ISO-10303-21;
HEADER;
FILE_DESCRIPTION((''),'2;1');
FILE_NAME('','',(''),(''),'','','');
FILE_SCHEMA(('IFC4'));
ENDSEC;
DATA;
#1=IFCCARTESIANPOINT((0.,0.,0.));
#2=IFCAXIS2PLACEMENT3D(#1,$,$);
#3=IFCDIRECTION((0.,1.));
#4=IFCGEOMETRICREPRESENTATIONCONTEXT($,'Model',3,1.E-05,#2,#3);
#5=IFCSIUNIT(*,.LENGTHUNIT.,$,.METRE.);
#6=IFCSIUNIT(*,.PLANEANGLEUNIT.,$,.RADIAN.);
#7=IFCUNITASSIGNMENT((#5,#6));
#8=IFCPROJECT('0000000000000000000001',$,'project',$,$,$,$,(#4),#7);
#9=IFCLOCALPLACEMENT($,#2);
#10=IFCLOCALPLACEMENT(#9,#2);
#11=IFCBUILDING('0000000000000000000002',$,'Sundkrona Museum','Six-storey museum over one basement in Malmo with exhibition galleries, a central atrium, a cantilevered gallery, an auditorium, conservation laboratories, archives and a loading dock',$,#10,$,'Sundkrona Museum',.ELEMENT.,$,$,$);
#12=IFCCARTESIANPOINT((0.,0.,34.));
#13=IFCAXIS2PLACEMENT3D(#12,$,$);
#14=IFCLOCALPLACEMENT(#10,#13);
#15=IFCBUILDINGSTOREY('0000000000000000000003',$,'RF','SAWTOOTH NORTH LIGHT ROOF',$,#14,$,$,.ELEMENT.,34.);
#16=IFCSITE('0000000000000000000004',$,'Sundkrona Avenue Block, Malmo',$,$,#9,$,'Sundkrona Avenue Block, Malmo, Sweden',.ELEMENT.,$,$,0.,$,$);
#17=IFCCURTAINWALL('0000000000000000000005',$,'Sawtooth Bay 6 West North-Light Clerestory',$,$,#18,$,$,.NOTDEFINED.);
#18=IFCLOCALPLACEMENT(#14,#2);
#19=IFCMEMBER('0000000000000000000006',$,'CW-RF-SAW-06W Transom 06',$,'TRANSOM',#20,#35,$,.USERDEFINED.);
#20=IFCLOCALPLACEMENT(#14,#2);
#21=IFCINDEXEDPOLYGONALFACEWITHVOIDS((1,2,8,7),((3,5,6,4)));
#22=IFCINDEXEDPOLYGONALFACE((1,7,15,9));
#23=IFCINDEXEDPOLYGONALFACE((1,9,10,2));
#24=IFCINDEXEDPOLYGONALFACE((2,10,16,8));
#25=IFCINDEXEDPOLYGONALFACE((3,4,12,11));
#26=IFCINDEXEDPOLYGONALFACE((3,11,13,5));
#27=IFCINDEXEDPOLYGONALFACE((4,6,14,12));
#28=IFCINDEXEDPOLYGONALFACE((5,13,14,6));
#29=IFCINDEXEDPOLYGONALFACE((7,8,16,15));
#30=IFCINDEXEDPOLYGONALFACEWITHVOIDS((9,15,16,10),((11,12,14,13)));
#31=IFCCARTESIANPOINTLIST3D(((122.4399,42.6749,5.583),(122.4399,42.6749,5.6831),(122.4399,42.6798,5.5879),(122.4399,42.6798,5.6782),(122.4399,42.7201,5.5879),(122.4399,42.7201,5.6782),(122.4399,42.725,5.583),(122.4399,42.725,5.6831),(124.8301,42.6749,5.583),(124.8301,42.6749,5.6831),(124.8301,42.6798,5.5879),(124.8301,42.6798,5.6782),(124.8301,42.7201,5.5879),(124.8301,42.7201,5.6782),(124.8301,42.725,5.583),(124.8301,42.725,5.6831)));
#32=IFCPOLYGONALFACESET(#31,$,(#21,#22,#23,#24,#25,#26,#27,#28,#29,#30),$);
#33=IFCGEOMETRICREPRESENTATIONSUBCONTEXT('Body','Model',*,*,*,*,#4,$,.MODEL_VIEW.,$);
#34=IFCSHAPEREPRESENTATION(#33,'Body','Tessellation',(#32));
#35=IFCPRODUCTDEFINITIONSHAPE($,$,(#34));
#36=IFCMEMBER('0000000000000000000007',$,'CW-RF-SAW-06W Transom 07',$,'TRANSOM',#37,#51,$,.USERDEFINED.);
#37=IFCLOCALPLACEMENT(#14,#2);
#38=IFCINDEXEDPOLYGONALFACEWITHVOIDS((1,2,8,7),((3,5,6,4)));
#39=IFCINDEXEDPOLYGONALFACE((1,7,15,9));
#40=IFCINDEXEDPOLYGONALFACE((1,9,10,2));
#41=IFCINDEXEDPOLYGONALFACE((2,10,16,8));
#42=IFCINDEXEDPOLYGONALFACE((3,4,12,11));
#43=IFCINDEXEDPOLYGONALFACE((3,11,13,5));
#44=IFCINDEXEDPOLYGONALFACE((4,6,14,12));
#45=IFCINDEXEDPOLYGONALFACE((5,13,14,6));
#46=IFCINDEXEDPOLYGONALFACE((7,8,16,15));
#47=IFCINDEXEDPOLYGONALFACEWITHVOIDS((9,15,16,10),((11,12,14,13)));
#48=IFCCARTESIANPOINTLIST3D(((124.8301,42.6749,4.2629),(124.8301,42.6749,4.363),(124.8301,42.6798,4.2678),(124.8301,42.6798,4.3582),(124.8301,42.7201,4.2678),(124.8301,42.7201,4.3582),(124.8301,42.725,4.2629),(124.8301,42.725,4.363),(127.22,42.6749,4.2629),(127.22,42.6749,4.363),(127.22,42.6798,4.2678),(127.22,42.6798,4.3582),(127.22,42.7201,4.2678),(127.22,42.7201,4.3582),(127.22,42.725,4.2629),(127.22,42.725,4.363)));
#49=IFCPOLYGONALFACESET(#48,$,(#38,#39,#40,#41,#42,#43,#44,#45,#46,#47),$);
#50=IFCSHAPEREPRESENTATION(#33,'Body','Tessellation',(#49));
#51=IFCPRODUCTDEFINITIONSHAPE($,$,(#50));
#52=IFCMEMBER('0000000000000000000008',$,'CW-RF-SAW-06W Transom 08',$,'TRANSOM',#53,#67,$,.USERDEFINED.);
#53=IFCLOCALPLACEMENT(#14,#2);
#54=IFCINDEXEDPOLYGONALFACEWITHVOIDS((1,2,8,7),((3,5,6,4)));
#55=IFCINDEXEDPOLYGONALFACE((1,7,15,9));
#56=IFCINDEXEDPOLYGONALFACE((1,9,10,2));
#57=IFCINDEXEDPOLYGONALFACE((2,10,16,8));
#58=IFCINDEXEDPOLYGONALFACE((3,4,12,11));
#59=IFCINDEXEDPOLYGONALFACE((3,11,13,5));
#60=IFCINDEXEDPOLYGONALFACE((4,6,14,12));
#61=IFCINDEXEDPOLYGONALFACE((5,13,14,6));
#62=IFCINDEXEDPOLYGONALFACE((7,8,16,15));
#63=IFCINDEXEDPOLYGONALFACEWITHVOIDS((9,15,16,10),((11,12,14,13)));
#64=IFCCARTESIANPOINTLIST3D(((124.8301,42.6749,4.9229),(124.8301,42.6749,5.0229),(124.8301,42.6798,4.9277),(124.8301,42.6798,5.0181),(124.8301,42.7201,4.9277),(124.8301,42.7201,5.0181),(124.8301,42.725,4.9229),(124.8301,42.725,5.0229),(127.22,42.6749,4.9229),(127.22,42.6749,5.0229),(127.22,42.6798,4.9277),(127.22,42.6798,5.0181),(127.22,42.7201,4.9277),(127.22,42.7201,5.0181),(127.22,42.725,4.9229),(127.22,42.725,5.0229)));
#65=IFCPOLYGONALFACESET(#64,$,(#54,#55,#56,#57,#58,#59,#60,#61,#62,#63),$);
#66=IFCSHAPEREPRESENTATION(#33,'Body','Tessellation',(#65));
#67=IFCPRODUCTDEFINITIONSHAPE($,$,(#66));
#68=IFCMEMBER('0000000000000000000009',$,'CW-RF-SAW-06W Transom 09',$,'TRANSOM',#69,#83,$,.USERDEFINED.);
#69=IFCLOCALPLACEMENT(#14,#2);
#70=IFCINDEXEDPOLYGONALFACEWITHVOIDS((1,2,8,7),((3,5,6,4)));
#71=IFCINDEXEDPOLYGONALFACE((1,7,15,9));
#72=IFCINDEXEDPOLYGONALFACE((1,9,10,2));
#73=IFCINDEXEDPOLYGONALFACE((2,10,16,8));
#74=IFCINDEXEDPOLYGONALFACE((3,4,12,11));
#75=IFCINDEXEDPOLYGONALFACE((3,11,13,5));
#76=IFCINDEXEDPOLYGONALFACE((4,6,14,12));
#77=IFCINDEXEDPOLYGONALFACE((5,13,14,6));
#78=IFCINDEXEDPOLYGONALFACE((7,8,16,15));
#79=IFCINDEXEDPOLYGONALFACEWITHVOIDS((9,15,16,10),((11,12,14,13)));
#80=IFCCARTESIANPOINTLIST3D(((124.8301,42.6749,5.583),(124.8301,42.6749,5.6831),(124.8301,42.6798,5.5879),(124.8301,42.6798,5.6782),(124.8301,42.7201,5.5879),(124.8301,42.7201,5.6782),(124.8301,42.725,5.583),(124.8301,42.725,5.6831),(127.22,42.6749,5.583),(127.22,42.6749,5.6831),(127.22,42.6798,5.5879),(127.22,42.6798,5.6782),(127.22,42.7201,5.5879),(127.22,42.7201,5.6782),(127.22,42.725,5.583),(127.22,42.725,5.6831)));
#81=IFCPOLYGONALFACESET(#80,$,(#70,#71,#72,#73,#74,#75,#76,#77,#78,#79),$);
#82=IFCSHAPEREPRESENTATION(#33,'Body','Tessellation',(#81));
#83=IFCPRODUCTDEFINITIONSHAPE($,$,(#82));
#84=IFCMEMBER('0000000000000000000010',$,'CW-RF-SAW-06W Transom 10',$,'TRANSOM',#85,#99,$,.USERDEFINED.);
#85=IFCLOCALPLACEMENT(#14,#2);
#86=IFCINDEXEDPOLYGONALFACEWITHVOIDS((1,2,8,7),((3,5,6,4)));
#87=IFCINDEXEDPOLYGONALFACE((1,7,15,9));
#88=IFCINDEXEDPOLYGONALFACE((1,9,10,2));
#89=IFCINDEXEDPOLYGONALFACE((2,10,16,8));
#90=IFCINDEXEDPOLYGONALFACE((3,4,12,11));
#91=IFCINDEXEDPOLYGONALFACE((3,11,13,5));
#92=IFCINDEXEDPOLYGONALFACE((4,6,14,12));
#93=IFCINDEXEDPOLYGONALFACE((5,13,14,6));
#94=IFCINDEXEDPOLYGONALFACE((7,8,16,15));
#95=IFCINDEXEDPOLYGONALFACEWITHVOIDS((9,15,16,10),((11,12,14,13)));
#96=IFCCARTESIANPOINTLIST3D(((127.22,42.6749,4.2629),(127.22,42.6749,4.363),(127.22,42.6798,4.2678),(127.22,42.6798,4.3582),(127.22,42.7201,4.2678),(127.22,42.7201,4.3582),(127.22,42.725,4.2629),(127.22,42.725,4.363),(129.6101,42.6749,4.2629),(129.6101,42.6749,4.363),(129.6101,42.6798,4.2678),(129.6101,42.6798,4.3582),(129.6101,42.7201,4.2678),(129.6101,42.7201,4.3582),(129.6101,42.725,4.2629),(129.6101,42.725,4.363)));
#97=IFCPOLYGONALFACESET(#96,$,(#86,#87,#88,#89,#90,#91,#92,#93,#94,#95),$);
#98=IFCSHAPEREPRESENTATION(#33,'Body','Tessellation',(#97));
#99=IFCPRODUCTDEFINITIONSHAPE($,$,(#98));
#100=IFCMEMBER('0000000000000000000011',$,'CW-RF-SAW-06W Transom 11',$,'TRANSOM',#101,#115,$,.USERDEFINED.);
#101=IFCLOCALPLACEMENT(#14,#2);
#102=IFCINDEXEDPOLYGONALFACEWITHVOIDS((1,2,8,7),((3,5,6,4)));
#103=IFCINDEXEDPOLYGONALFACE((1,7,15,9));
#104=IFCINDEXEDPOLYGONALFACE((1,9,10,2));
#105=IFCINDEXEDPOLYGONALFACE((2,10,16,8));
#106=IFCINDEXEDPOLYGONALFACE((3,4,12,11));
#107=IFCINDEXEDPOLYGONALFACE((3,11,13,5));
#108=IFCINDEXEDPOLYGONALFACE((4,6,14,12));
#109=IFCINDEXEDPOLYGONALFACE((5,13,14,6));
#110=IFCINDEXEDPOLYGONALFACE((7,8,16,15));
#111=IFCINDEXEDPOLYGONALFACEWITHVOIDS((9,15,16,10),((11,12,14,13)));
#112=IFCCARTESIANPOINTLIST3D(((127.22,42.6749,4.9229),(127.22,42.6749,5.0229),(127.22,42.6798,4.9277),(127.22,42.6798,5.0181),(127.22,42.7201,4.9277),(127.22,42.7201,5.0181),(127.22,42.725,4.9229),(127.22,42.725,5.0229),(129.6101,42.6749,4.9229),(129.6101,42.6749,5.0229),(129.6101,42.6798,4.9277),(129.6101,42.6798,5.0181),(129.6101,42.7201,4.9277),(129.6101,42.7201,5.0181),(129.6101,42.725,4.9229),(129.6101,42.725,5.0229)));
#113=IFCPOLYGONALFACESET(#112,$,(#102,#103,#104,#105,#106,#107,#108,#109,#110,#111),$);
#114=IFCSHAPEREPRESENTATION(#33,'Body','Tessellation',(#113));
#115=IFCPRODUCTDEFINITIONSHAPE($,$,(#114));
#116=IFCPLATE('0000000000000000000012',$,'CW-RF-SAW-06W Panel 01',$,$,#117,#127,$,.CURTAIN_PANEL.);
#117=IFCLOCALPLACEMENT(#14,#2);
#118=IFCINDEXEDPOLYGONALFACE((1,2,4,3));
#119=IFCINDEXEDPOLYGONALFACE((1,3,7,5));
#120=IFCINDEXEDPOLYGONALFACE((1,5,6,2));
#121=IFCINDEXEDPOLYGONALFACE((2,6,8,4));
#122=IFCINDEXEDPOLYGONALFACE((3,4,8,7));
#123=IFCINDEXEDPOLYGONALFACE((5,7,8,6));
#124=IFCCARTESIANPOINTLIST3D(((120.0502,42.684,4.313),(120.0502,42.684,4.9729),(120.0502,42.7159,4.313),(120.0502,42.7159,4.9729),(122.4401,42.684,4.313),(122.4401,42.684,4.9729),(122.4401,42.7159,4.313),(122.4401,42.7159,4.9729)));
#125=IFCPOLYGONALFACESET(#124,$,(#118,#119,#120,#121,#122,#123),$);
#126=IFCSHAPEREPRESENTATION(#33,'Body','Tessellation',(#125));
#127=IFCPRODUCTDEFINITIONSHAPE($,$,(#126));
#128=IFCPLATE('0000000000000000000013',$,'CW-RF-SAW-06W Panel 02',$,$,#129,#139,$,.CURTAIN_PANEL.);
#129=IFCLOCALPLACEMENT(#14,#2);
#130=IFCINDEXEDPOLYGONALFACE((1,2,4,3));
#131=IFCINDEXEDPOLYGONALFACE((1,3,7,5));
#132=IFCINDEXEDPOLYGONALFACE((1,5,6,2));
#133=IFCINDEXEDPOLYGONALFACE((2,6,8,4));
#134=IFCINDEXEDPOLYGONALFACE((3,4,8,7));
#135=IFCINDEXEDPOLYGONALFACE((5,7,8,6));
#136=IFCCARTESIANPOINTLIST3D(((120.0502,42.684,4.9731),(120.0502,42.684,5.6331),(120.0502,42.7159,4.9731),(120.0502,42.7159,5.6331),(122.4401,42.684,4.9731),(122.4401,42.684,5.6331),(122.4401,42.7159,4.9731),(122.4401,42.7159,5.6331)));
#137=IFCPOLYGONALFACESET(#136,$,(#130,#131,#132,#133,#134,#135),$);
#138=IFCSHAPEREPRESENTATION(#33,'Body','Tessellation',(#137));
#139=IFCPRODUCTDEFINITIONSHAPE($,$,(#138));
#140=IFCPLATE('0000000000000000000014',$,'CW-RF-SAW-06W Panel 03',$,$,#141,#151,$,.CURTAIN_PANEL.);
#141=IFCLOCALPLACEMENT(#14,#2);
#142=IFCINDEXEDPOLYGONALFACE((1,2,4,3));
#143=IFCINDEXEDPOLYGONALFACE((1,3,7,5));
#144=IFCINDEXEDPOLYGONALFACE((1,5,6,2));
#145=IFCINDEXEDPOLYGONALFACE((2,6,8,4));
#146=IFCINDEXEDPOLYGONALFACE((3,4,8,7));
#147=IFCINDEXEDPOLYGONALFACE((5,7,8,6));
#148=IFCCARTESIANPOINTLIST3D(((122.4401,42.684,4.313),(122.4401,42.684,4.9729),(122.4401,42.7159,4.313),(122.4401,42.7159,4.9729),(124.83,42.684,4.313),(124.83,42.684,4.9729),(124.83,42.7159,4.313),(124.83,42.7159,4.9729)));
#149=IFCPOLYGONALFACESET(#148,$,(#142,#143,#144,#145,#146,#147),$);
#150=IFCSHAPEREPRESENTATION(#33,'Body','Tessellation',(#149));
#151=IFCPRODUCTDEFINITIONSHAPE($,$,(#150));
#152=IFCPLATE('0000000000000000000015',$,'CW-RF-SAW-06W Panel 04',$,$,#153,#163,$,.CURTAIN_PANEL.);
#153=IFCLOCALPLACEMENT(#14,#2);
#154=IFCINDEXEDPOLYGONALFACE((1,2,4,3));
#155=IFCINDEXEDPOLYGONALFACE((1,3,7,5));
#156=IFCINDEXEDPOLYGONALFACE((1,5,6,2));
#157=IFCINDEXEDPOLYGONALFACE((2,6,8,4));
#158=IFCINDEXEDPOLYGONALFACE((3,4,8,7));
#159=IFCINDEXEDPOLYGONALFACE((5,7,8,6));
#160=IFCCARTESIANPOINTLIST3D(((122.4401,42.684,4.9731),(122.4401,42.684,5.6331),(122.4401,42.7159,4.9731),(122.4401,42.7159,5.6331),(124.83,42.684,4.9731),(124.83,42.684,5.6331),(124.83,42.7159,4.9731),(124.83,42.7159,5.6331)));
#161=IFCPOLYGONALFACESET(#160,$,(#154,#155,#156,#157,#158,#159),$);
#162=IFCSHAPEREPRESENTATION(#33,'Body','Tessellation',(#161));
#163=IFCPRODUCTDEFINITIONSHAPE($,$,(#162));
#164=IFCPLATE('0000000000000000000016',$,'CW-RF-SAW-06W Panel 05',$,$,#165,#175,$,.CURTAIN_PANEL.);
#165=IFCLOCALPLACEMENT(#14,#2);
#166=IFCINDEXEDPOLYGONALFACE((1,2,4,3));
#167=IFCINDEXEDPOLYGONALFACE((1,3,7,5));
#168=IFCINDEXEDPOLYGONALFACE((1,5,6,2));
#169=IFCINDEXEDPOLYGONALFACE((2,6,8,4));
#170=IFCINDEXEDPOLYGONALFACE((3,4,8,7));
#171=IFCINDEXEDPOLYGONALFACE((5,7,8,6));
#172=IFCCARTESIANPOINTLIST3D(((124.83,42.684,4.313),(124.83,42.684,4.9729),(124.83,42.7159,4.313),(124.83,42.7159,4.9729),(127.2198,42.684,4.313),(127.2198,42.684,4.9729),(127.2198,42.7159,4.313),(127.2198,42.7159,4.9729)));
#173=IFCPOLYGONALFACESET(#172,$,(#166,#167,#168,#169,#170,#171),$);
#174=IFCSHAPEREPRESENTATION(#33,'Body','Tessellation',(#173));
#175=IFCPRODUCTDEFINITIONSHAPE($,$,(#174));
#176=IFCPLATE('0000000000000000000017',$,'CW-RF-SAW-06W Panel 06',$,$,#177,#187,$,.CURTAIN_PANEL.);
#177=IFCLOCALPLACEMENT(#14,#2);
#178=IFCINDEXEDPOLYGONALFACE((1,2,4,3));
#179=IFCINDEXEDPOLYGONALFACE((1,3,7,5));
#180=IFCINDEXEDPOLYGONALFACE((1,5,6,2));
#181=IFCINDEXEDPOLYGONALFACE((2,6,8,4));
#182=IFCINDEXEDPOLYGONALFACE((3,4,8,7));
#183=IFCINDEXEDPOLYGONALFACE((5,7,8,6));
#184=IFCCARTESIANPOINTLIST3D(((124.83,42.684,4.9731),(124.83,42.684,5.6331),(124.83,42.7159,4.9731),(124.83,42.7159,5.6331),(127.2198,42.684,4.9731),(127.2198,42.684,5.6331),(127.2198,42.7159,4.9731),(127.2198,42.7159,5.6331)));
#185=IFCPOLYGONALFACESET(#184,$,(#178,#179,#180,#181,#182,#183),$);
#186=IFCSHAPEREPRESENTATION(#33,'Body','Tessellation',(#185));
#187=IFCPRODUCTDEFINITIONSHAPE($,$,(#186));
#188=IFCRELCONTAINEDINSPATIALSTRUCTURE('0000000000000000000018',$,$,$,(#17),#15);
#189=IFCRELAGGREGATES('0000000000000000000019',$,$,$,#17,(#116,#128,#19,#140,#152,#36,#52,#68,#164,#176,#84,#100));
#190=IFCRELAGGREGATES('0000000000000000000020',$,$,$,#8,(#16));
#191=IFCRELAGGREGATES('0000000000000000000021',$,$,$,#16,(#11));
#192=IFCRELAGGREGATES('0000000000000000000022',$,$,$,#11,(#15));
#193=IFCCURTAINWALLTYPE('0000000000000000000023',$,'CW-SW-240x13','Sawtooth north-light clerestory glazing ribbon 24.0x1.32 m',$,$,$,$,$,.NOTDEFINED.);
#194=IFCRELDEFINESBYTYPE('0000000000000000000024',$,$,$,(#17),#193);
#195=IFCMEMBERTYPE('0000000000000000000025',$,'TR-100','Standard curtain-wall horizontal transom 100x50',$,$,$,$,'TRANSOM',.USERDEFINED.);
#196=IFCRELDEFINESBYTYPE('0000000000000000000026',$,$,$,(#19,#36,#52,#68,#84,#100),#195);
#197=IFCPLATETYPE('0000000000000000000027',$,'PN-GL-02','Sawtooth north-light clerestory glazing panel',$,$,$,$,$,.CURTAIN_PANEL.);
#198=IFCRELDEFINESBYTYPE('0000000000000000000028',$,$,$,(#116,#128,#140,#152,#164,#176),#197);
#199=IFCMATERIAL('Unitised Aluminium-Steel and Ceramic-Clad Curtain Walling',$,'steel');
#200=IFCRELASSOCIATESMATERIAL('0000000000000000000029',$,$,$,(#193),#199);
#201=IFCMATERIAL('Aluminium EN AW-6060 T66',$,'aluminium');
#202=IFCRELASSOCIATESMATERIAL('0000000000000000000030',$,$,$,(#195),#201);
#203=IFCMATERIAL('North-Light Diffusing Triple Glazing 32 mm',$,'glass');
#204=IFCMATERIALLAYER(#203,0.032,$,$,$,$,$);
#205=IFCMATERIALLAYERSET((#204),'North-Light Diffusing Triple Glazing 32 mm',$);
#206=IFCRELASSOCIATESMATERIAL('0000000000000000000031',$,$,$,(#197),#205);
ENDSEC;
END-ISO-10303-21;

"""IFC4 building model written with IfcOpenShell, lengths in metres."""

from ifc_helpers import new_model, si_unit, direction, frame, origin, origin_2d, place, context, subcontext, project, spatial, rectangle, hollow_rectangle, extrude, material, layer, layer_set, material_profile, profile_set, type_object, element, aggregate, save


model = new_model("IFC4")

# Units and contexts
model_context = context("Model", 3, precision=1e-05, world=origin(), true_north=direction((0.0, 1.0)))
body_context = subcontext(model_context, "Body", "Model", "MODEL_VIEW")
ifc_project = project(units=[si_unit("LENGTHUNIT", "METRE"), si_unit("PLANEANGLEUNIT", "RADIAN")], contexts=[model_context])

# Site, building, storey
site_placement = place(None, origin())
site = spatial("IfcSite", under=ifc_project, at=site_placement, Name="Sundkrona Avenue Block, Malmo", LongName="Sundkrona Avenue Block, Malmo, Sweden", CompositionType="ELEMENT", RefElevation=0.0)
building_placement = place(site_placement, origin())
building = spatial("IfcBuilding", under=site, at=building_placement, Name="Sundkrona Museum", Description="Six-storey museum over one basement in Malmo with exhibition galleries, a central atrium, a cantilevered gallery, an auditorium, conservation laboratories, archives and a loading dock", LongName="Sundkrona Museum", CompositionType="ELEMENT")
storey_placement = place(building_placement, frame((0.0, 0.0, 34.0)))
storey = spatial("IfcBuildingStorey", under=building, at=storey_placement, Name="RF", Description="SAWTOOTH NORTH LIGHT ROOF", CompositionType="ELEMENT", Elevation=34.0)

# Curtain wall
ifc_material_1 = material(Name="Unitised Aluminium-Steel and Ceramic-Clad Curtain Walling", Category="steel")
curtain_wall_type = type_object("IfcCurtainWallType", Name="CW-SW-240x13", Description="Sawtooth north-light clerestory glazing ribbon 24.0x1.32 m", PredefinedType="NOTDEFINED", material=ifc_material_1)
curtain_wall_1_placement = place(storey_placement, origin())
curtain_wall_1 = element("IfcCurtainWall", 1, at=curtain_wall_1_placement, inside=storey, type_object=curtain_wall_type, Name="Sawtooth Bay 6 West North-Light Clerestory", PredefinedType="NOTDEFINED")
ifc_material_2 = material(Name="Aluminium EN AW-6060 T66", Category="aluminium")
ifc_material_profile_1 = material_profile(ifc_material_2, hollow_rectangle(XDim=0.05, YDim=0.1001, WallThickness=0.0049, at=origin_2d()), Name="RHS 100x50x5.0")
ifc_profile_set_1 = profile_set([ifc_material_profile_1], Name="Aluminium EN AW-6060 T66")
member_type_1 = type_object("IfcMemberType", Name="TR-100", Description="Standard curtain-wall horizontal transom 100x50", ElementType="TRANSOM", PredefinedType="USERDEFINED", material=ifc_profile_set_1)

# Members
member_1_placement = place(storey_placement, frame((122.4399, 42.7, 5.6331), z_axis=(1.0, 0.0, 0.0), x_axis=(0.0, 1.0, 0.0)))
member_1 = element("IfcMember", 2, at=member_1_placement, type_object=member_type_1, Name="CW-RF-SAW-06W Transom 06", ObjectType="TRANSOM", PredefinedType="USERDEFINED", context=body_context, shape_type="SweptSolid", body=[
    extrude(hollow_rectangle(XDim=0.05, YDim=0.1001, WallThickness=0.0049, at=origin_2d()), origin(), (0.0, 0.0, 1.0), 2.3901),
])
member_2_placement = place(storey_placement, frame((124.8301, 42.7, 4.313), z_axis=(1.0, 0.0, 0.0), x_axis=(0.0, 1.0, 0.0)))
member_2 = element("IfcMember", 3, at=member_2_placement, type_object=member_type_1, Name="CW-RF-SAW-06W Transom 07", ObjectType="TRANSOM", PredefinedType="USERDEFINED", context=body_context, shape_type="SweptSolid", body=[
    extrude(hollow_rectangle(XDim=0.05, YDim=0.1001, WallThickness=0.0049, at=origin_2d()), origin(), (0.0, 0.0, 1.0), 2.3899),
])
member_3_placement = place(storey_placement, frame((124.8301, 42.7, 4.9729), z_axis=(1.0, 0.0, 0.0), x_axis=(0.0, 1.0, 0.0)))
member_3 = element("IfcMember", 4, at=member_3_placement, type_object=member_type_1, Name="CW-RF-SAW-06W Transom 08", ObjectType="TRANSOM", PredefinedType="USERDEFINED", context=body_context, shape_type="SweptSolid", body=[
    extrude(hollow_rectangle(XDim=0.05, YDim=0.1001, WallThickness=0.0049, at=origin_2d()), origin(), (0.0, 0.0, 1.0), 2.3899),
])
member_4_placement = place(storey_placement, frame((124.8301, 42.7, 5.6331), z_axis=(1.0, 0.0, 0.0), x_axis=(0.0, 1.0, 0.0)))
member_4 = element("IfcMember", 5, at=member_4_placement, type_object=member_type_1, Name="CW-RF-SAW-06W Transom 09", ObjectType="TRANSOM", PredefinedType="USERDEFINED", context=body_context, shape_type="SweptSolid", body=[
    extrude(hollow_rectangle(XDim=0.05, YDim=0.1001, WallThickness=0.0049, at=origin_2d()), origin(), (0.0, 0.0, 1.0), 2.3899),
])
member_5_placement = place(storey_placement, frame((127.22, 42.7, 4.313), z_axis=(1.0, 0.0, 0.0), x_axis=(0.0, 1.0, 0.0)))
member_5 = element("IfcMember", 6, at=member_5_placement, type_object=member_type_1, Name="CW-RF-SAW-06W Transom 10", ObjectType="TRANSOM", PredefinedType="USERDEFINED", context=body_context, shape_type="SweptSolid", body=[
    extrude(hollow_rectangle(XDim=0.05, YDim=0.1001, WallThickness=0.0049, at=origin_2d()), origin(), (0.0, 0.0, 1.0), 2.3901),
])
member_6_placement = place(storey_placement, frame((127.22, 42.7, 4.9729), z_axis=(1.0, 0.0, 0.0), x_axis=(0.0, 1.0, 0.0)))
member_6 = element("IfcMember", 7, at=member_6_placement, type_object=member_type_1, Name="CW-RF-SAW-06W Transom 11", ObjectType="TRANSOM", PredefinedType="USERDEFINED", context=body_context, shape_type="SweptSolid", body=[
    extrude(hollow_rectangle(XDim=0.05, YDim=0.1001, WallThickness=0.0049, at=origin_2d()), origin(), (0.0, 0.0, 1.0), 2.3901),
])

# Plates
ifc_material_3 = material(Name="North-Light Diffusing Triple Glazing 32 mm", Category="glass")
ifc_layer = layer(ifc_material_3, 0.032)
ifc_layer_set = layer_set([ifc_layer], Name="North-Light Diffusing Triple Glazing 32 mm")
plate_type = type_object("IfcPlateType", Name="PN-GL-02", Description="Sawtooth north-light clerestory glazing panel", PredefinedType="CURTAIN_PANEL", material=ifc_layer_set)
plate_1_placement = place(storey_placement, frame((121.2451, 42.7, 4.313), z_axis=(0.0, 0.0, 1.0), x_axis=(1.0, 0.0, 0.0)))
plate_1 = element("IfcPlate", 8, at=plate_1_placement, type_object=plate_type, Name="CW-RF-SAW-06W Panel 01", PredefinedType="CURTAIN_PANEL", context=body_context, shape_type="SweptSolid", body=[
    extrude(rectangle(XDim=2.3899, YDim=0.032, at=origin_2d()), origin(), (0.0, 0.0, 1.0), 0.6599),
])
plate_2_placement = place(storey_placement, frame((121.2451, 42.7, 4.9731), z_axis=(0.0, 0.0, 1.0), x_axis=(1.0, 0.0, 0.0)))
plate_2 = element("IfcPlate", 9, at=plate_2_placement, type_object=plate_type, Name="CW-RF-SAW-06W Panel 02", PredefinedType="CURTAIN_PANEL", context=body_context, shape_type="SweptSolid", body=[
    extrude(rectangle(XDim=2.3899, YDim=0.032, at=origin_2d()), origin(), (0.0, 0.0, 1.0), 0.6599),
])
plate_3_placement = place(storey_placement, frame((123.635, 42.7, 4.313), z_axis=(0.0, 0.0, 1.0), x_axis=(1.0, 0.0, 0.0)))
plate_3 = element("IfcPlate", 10, at=plate_3_placement, type_object=plate_type, Name="CW-RF-SAW-06W Panel 03", PredefinedType="CURTAIN_PANEL", context=body_context, shape_type="SweptSolid", body=[
    extrude(rectangle(XDim=2.3899, YDim=0.032, at=origin_2d()), origin(), (0.0, 0.0, 1.0), 0.6599),
])
plate_4_placement = place(storey_placement, frame((123.635, 42.7, 4.9731), z_axis=(0.0, 0.0, 1.0), x_axis=(1.0, 0.0, 0.0)))
plate_4 = element("IfcPlate", 11, at=plate_4_placement, type_object=plate_type, Name="CW-RF-SAW-06W Panel 04", PredefinedType="CURTAIN_PANEL", context=body_context, shape_type="SweptSolid", body=[
    extrude(rectangle(XDim=2.3899, YDim=0.032, at=origin_2d()), origin(), (0.0, 0.0, 1.0), 0.6599),
])
plate_5_placement = place(storey_placement, frame((126.0249, 42.7, 4.313), z_axis=(0.0, 0.0, 1.0), x_axis=(1.0, 0.0, 0.0)))
plate_5 = element("IfcPlate", 12, at=plate_5_placement, type_object=plate_type, Name="CW-RF-SAW-06W Panel 05", PredefinedType="CURTAIN_PANEL", context=body_context, shape_type="SweptSolid", body=[
    extrude(rectangle(XDim=2.3899, YDim=0.032, at=origin_2d()), origin(), (0.0, 0.0, 1.0), 0.6599),
])
plate_6_placement = place(storey_placement, frame((126.0249, 42.7, 4.9731), z_axis=(0.0, 0.0, 1.0), x_axis=(1.0, 0.0, 0.0)))
plate_6 = element("IfcPlate", 13, at=plate_6_placement, type_object=plate_type, Name="CW-RF-SAW-06W Panel 06", PredefinedType="CURTAIN_PANEL", context=body_context, shape_type="SweptSolid", body=[
    extrude(rectangle(XDim=2.3899, YDim=0.032, at=origin_2d()), origin(), (0.0, 0.0, 1.0), 0.6599),
])
aggregate(curtain_wall_1, [plate_1, plate_2, member_1, plate_3, plate_4, member_2, member_3, member_4, plate_5, plate_6, member_5, member_6])

save(model, "model.ifc")
